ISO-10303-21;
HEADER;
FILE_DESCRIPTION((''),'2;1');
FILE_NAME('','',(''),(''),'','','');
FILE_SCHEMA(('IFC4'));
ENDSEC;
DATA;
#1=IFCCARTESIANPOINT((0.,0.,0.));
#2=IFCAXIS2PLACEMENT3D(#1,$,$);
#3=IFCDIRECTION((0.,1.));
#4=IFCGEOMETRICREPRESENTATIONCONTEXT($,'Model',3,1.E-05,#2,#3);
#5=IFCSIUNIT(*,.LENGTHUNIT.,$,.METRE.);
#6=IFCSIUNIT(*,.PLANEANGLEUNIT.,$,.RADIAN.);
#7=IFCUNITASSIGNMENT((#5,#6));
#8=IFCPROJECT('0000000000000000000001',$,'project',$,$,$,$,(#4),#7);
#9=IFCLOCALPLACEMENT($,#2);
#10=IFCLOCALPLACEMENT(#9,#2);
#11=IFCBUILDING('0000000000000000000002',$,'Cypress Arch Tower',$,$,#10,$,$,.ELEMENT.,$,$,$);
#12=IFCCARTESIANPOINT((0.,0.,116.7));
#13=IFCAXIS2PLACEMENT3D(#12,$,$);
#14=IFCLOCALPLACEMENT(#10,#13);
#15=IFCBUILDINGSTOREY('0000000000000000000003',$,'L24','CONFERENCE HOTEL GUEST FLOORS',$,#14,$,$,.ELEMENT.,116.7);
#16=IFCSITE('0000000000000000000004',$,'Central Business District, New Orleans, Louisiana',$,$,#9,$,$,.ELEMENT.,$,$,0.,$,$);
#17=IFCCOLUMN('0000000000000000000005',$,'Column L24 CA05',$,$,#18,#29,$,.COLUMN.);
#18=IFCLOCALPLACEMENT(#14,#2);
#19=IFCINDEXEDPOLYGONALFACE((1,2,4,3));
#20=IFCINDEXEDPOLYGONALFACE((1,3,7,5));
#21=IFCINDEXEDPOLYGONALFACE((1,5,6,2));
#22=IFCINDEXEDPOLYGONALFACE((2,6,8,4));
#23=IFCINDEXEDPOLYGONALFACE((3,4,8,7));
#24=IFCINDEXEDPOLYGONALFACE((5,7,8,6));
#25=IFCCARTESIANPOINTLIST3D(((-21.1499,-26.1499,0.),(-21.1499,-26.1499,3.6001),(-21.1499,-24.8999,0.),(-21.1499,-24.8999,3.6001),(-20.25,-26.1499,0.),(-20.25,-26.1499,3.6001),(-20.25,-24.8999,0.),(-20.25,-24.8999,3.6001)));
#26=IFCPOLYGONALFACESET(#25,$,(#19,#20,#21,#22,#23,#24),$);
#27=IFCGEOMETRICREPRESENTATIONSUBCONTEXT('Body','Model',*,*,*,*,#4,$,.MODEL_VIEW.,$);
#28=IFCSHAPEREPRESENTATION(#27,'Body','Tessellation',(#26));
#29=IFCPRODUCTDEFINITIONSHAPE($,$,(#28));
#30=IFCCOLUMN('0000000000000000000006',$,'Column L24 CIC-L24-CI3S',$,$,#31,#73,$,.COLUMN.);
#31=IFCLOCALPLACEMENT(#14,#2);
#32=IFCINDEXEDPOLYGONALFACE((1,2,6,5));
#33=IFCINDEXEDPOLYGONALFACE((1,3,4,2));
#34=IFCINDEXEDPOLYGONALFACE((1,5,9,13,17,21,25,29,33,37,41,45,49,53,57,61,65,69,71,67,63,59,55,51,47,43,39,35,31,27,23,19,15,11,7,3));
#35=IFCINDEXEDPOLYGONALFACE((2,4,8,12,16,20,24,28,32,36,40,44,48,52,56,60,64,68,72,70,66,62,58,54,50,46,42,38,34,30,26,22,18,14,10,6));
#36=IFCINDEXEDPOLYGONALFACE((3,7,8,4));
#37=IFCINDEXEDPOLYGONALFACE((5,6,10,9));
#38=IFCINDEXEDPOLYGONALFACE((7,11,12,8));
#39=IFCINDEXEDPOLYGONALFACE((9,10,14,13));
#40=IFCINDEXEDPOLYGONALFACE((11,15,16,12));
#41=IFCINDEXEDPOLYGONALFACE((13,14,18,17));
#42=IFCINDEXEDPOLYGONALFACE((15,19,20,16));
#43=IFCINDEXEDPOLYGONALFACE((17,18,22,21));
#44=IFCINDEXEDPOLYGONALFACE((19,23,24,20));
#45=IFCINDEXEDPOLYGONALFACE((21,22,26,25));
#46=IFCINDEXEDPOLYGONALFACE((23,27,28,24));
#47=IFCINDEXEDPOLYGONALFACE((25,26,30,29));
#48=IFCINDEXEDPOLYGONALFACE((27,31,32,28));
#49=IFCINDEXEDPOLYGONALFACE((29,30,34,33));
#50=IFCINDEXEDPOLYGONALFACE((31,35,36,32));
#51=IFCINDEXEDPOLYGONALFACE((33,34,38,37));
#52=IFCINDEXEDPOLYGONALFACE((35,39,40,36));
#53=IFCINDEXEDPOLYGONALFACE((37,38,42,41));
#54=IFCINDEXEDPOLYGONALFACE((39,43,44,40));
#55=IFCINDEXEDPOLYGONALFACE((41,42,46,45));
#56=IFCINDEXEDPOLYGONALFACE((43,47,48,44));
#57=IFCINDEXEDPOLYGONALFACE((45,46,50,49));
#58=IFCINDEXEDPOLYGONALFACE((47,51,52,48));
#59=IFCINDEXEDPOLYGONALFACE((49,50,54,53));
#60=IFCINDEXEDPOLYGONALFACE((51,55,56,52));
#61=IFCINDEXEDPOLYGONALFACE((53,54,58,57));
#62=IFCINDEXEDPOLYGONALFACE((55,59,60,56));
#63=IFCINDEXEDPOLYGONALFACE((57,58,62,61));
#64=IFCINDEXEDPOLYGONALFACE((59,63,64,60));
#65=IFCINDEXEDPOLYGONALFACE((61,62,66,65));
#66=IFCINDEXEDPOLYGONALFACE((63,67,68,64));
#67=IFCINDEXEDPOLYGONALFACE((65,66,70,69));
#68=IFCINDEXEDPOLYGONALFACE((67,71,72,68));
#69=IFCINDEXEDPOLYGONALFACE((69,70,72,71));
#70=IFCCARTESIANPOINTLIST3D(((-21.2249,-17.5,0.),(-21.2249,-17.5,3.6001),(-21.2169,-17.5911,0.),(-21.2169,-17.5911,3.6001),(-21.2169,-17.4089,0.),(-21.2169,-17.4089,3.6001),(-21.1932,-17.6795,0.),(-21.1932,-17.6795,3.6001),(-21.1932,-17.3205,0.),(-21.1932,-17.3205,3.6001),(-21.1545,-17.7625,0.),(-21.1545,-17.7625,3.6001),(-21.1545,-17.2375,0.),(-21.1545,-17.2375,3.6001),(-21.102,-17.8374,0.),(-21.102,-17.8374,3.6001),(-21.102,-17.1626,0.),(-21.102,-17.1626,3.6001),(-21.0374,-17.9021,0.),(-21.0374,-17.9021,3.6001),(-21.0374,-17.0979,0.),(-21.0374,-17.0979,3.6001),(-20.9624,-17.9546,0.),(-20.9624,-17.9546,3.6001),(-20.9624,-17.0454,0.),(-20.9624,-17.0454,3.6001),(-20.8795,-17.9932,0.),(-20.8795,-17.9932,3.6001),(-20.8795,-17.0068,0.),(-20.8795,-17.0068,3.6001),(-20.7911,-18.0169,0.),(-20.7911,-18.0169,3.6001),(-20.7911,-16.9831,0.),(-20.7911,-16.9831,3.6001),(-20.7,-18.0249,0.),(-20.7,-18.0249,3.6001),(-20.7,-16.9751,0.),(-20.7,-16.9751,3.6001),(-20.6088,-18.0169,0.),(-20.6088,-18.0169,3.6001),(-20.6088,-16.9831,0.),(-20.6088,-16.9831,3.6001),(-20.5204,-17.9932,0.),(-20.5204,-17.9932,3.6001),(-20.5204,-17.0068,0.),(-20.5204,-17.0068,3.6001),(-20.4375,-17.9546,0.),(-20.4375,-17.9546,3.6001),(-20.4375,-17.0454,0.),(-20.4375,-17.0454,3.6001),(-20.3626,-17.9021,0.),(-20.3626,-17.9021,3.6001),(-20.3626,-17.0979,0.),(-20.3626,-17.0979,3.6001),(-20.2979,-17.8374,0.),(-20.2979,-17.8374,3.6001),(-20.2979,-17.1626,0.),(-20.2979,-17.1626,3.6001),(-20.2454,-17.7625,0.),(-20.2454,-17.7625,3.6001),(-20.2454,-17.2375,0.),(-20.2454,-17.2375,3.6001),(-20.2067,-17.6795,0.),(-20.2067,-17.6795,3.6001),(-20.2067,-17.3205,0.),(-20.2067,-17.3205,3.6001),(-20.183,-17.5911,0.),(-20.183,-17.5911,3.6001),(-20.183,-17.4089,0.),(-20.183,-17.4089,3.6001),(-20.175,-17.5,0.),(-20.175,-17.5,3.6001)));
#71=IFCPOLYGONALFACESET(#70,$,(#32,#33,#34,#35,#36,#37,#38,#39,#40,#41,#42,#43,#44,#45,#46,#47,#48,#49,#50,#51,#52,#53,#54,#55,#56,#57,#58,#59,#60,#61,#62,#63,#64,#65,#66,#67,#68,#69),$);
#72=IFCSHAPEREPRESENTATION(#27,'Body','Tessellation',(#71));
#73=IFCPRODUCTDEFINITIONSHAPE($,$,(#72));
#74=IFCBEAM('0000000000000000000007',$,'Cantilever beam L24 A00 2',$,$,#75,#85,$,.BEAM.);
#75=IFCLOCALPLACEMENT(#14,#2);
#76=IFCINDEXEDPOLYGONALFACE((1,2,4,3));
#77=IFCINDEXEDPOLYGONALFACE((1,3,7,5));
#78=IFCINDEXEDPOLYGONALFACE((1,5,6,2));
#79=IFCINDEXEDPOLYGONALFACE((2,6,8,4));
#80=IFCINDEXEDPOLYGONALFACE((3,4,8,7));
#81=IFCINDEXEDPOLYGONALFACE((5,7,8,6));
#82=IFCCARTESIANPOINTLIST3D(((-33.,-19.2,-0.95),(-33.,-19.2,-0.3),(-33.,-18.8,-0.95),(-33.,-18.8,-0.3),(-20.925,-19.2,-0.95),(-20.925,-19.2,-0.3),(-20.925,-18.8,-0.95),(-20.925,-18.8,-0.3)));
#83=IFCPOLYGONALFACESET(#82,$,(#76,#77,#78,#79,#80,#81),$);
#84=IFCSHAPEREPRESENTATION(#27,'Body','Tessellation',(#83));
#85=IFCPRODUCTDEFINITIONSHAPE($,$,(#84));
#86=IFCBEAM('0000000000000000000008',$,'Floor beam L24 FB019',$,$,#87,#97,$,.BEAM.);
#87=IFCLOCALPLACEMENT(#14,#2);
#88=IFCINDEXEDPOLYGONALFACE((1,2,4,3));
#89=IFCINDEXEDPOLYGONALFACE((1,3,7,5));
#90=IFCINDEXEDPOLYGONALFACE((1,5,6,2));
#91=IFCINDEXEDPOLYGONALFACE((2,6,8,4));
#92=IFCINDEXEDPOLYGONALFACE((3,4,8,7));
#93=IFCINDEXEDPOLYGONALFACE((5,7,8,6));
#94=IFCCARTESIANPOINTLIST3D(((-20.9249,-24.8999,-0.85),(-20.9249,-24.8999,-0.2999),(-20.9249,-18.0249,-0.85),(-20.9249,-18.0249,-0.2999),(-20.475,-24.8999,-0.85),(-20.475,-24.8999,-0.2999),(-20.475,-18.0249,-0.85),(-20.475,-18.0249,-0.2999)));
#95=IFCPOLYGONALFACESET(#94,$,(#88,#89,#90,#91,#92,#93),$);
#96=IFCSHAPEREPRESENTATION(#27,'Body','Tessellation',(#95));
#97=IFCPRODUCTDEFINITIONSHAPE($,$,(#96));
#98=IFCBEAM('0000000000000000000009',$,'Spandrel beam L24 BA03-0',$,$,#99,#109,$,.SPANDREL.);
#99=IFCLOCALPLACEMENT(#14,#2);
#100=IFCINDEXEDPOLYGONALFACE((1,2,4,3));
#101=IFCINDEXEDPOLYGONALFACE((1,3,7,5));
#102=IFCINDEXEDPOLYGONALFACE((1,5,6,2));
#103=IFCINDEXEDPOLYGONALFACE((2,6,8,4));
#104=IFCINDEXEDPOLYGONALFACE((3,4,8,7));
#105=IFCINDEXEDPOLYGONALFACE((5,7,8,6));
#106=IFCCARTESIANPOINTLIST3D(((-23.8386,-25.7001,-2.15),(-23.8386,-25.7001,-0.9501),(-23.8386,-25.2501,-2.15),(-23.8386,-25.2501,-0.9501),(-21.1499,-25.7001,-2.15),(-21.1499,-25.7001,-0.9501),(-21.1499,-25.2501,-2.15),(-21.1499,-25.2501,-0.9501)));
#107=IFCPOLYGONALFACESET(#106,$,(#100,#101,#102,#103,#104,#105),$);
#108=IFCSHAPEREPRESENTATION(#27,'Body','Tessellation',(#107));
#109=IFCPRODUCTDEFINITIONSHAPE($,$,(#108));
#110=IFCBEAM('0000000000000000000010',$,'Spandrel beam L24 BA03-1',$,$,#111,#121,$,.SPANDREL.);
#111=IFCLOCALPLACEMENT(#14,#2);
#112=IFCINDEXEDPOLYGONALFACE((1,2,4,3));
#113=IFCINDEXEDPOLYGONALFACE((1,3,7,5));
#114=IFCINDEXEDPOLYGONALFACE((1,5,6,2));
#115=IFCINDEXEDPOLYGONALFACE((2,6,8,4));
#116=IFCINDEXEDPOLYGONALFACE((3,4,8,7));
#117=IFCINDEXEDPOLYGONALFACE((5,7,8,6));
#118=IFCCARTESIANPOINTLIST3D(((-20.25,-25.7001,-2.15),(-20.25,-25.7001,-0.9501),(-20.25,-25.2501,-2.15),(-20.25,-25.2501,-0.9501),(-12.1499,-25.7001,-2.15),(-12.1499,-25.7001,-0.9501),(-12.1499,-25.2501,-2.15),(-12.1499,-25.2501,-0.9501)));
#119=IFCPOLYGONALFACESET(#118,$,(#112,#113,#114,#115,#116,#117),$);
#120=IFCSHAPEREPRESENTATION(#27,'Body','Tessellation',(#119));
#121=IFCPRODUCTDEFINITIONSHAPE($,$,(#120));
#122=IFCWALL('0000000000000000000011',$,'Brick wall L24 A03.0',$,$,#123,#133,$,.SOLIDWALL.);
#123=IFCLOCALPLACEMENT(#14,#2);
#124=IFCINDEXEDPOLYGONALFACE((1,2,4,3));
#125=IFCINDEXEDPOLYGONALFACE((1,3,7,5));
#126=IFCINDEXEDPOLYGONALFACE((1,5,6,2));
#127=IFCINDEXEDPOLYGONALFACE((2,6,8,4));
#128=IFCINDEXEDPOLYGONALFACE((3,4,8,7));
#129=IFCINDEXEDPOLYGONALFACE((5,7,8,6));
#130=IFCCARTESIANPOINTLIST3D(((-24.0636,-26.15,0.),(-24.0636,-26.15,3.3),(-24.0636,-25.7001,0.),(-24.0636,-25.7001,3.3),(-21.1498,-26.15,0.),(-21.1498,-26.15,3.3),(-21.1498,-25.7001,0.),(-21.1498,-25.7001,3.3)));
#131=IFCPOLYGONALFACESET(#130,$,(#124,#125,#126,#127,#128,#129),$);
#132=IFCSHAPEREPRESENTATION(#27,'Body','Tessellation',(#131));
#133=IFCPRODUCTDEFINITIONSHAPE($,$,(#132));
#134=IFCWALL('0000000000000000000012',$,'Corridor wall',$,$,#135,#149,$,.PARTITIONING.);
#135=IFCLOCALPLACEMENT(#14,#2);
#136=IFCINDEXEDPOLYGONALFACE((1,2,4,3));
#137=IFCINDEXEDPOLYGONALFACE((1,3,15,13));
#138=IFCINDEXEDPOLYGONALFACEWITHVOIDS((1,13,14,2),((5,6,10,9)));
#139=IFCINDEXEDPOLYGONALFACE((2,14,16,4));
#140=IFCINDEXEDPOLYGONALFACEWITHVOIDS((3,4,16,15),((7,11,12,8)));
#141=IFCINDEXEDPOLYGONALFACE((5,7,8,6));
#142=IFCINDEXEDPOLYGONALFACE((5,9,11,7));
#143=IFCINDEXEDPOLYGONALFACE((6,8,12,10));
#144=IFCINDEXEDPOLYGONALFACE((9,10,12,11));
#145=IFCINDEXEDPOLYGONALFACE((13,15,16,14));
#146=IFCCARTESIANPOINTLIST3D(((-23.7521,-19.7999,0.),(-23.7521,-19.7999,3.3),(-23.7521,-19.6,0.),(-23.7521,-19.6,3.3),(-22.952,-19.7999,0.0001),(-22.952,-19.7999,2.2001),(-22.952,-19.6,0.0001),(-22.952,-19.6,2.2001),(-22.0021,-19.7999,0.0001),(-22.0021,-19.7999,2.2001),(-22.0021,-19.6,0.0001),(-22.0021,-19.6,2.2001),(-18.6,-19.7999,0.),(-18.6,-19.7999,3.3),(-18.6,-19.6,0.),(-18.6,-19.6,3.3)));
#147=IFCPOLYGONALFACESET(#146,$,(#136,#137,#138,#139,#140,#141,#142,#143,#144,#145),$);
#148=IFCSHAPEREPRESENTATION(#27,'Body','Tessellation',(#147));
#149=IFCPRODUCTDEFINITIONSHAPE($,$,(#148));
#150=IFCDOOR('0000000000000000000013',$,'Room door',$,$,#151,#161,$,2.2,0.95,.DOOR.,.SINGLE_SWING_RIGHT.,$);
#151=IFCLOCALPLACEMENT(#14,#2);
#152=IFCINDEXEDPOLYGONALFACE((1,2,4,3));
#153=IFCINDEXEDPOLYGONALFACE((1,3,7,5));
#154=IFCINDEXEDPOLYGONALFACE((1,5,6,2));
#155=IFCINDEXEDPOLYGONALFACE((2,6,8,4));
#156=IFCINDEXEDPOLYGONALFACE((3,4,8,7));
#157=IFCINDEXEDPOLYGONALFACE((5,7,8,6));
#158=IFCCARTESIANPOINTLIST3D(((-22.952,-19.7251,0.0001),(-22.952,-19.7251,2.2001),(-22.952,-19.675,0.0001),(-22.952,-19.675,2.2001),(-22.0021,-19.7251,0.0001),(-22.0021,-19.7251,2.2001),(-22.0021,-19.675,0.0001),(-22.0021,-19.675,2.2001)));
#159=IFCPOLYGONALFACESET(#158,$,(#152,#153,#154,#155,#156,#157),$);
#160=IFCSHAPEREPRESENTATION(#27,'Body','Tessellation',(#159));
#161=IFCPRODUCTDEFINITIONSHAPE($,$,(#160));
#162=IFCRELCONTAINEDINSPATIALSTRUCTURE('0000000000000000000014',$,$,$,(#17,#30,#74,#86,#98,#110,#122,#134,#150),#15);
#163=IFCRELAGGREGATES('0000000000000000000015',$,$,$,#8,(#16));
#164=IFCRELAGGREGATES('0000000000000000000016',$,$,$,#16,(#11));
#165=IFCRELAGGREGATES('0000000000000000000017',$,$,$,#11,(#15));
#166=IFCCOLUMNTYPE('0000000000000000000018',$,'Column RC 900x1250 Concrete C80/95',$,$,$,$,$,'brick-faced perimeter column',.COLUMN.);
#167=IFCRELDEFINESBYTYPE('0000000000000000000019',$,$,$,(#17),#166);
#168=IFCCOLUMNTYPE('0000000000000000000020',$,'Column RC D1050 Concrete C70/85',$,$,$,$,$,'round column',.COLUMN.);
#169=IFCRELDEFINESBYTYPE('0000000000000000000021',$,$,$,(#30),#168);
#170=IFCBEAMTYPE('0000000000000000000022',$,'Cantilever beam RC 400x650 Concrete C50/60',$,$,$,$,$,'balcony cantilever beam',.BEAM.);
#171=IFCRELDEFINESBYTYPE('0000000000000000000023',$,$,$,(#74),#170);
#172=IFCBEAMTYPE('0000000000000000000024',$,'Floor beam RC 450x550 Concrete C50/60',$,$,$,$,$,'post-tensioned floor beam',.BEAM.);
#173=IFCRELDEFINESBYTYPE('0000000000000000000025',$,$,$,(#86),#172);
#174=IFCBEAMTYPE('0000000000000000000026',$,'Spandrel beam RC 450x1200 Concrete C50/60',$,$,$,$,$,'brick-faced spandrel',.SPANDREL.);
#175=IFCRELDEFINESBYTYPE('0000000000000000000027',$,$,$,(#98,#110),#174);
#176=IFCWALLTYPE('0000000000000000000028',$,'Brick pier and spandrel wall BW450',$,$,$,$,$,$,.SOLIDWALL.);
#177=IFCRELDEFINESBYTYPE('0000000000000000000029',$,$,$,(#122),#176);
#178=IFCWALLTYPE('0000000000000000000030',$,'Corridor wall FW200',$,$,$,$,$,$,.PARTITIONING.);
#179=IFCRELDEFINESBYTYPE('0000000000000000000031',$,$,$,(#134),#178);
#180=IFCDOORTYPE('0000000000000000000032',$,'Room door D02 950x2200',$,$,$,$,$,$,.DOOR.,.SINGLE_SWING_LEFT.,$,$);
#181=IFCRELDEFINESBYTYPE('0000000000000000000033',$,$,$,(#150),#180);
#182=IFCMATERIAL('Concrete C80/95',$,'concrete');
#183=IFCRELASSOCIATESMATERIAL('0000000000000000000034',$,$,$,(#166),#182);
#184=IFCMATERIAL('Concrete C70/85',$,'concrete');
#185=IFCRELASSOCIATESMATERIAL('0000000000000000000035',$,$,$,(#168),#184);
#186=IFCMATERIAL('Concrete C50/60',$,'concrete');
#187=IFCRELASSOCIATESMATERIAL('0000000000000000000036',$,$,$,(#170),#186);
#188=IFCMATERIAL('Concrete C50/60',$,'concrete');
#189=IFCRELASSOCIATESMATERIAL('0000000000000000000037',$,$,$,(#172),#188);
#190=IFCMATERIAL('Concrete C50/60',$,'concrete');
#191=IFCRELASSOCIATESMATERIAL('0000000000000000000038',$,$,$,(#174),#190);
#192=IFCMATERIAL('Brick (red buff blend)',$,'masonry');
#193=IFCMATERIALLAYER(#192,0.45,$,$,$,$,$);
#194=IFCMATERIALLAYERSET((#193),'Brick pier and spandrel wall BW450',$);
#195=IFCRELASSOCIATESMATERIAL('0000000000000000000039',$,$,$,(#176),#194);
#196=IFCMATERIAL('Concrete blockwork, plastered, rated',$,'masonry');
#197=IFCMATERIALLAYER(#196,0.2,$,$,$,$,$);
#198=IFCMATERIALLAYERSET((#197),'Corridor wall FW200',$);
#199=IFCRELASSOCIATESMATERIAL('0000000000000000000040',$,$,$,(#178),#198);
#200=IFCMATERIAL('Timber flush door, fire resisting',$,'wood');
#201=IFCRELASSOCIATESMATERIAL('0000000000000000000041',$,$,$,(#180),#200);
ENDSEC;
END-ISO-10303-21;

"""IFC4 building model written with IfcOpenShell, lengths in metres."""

from ifc_helpers import new_model, si_unit, direction, frame, frame_2d, origin, origin_2d, place, context, subcontext, project, spatial, rectangle, circle, extrude, material, layer, layer_set, material_profile, profile_set, type_object, element, fill, save


model = new_model("IFC4")

# Units and contexts
model_context = context("Model", 3, precision=1e-05, world=origin(), true_north=direction((0.0, 1.0)))
body_context = subcontext(model_context, "Body", "Model", "MODEL_VIEW")
ifc_project = project(units=[si_unit("LENGTHUNIT", "METRE"), si_unit("PLANEANGLEUNIT", "RADIAN")], contexts=[model_context])

# Site, building, storey
site_placement = place(None, origin())
site = spatial("IfcSite", under=ifc_project, at=site_placement, Name="Central Business District, New Orleans, Louisiana", CompositionType="ELEMENT", RefElevation=0.0)
building_placement = place(site_placement, origin())
building = spatial("IfcBuilding", under=site, at=building_placement, Name="Cypress Arch Tower", CompositionType="ELEMENT")
storey_placement = place(building_placement, frame((0.0, 0.0, 116.7)))
storey = spatial("IfcBuildingStorey", under=building, at=storey_placement, Name="L24", Description="CONFERENCE HOTEL GUEST FLOORS", CompositionType="ELEMENT", Elevation=116.7)

# Columns
ifc_material_1 = material(Name="Concrete C80/95", Category="concrete")
ifc_material_profile_1 = material_profile(ifc_material_1, rectangle(XDim=0.8999, YDim=1.25, at=origin_2d()), Name="RC 900x1250")
ifc_profile_set_1 = profile_set([ifc_material_profile_1], Name="Concrete C80/95")
column_type_1 = type_object("IfcColumnType", Name="Column RC 900x1250 Concrete C80/95", ElementType="brick-faced perimeter column", PredefinedType="COLUMN", material=ifc_profile_set_1)
column_1_placement = place(storey_placement, frame((-20.7, -25.5249, 0.0), z_axis=(0.0, 0.0, 1.0), x_axis=(1.0, 0.0, 0.0)))
element("IfcColumn", 1, at=column_1_placement, inside=storey, type_object=column_type_1, Name="Column L24 CA05", PredefinedType="COLUMN", context=body_context, shape_type="SweptSolid", body=[
    extrude(rectangle(XDim=0.8999, YDim=1.25, at=origin_2d()), origin(), (0.0, 0.0, 1.0), 3.6001),
])
ifc_material_2 = material(Name="Concrete C70/85", Category="concrete")
ifc_material_profile_2 = material_profile(ifc_material_2, circle(Radius=0.5249, at=origin_2d()), Name="RC D1050")
ifc_profile_set_2 = profile_set([ifc_material_profile_2], Name="Concrete C70/85")
column_type_2 = type_object("IfcColumnType", Name="Column RC D1050 Concrete C70/85", ElementType="round column", PredefinedType="COLUMN", material=ifc_profile_set_2)
column_2_placement = place(storey_placement, frame((-20.7, -17.5, 0.0), z_axis=(0.0, 0.0, 1.0), x_axis=(1.0, 0.0, 0.0)))
element("IfcColumn", 2, at=column_2_placement, inside=storey, type_object=column_type_2, Name="Column L24 CIC-L24-CI3S", PredefinedType="COLUMN", context=body_context, shape_type="SweptSolid", body=[
    extrude(circle(Radius=0.5249, at=origin_2d()), origin(), (0.0, 0.0, 1.0), 3.6001),
])

# Beams
ifc_material_3 = material(Name="Concrete C50/60", Category="concrete")
ifc_material_profile_3 = material_profile(ifc_material_3, rectangle(XDim=0.3999, YDim=0.6499, at=origin_2d()), Name="RC 400x650")
ifc_profile_set_3 = profile_set([ifc_material_profile_3], Name="Concrete C50/60")
beam_type_1 = type_object("IfcBeamType", Name="Cantilever beam RC 400x650 Concrete C50/60", ElementType="balcony cantilever beam", PredefinedType="BEAM", material=ifc_profile_set_3)
beam_1_placement = place(storey_placement, frame((-20.925, -19.0, -0.625), z_axis=(-1.0, 0.0, 0.0), x_axis=(0.0, -1.0, 0.0)))
element("IfcBeam", 3, at=beam_1_placement, inside=storey, type_object=beam_type_1, Name="Cantilever beam L24 A00 2", PredefinedType="BEAM", context=body_context, shape_type="SweptSolid", body=[
    extrude(rectangle(XDim=0.3999, YDim=0.6499, at=origin_2d()), origin(), (0.0, 0.0, 1.0), 12.075),
])
ifc_material_4 = material(Name="Concrete C50/60", Category="concrete")
ifc_material_profile_4 = material_profile(ifc_material_4, rectangle(XDim=0.45, YDim=0.55, at=origin_2d()), Name="RC 450x550")
ifc_profile_set_4 = profile_set([ifc_material_profile_4], Name="Concrete C50/60")
beam_type_2 = type_object("IfcBeamType", Name="Floor beam RC 450x550 Concrete C50/60", ElementType="post-tensioned floor beam", PredefinedType="BEAM", material=ifc_profile_set_4)
beam_2_placement = place(storey_placement, frame((-20.7, -24.8999, -0.575), z_axis=(0.0, 1.0, 0.0), x_axis=(-1.0, 0.0, 0.0)))
element("IfcBeam", 4, at=beam_2_placement, inside=storey, type_object=beam_type_2, Name="Floor beam L24 FB019", PredefinedType="BEAM", context=body_context, shape_type="SweptSolid", body=[
    extrude(rectangle(XDim=0.45, YDim=0.55, at=origin_2d()), origin(), (0.0, 0.0, 1.0), 6.875),
])
ifc_material_5 = material(Name="Concrete C50/60", Category="concrete")
ifc_material_profile_5 = material_profile(ifc_material_5, rectangle(XDim=0.45, YDim=1.2, at=origin_2d()), Name="RC 450x1200")
ifc_profile_set_5 = profile_set([ifc_material_profile_5], Name="Concrete C50/60")
beam_type_3 = type_object("IfcBeamType", Name="Spandrel beam RC 450x1200 Concrete C50/60", ElementType="brick-faced spandrel", PredefinedType="SPANDREL", material=ifc_profile_set_5)
beam_3_placement = place(storey_placement, frame((-23.8386, -25.4751, -1.55), z_axis=(1.0, 0.0, 0.0), x_axis=(0.0, 1.0, 0.0)))
element("IfcBeam", 5, at=beam_3_placement, inside=storey, type_object=beam_type_3, Name="Spandrel beam L24 BA03-0", PredefinedType="SPANDREL", context=body_context, shape_type="SweptSolid", body=[
    extrude(rectangle(XDim=0.45, YDim=1.2, at=origin_2d()), origin(), (0.0, 0.0, 1.0), 2.6887),
])
beam_4_placement = place(storey_placement, frame((-20.25, -25.4751, -1.55), z_axis=(1.0, 0.0, 0.0), x_axis=(0.0, 1.0, 0.0)))
element("IfcBeam", 6, at=beam_4_placement, inside=storey, type_object=beam_type_3, Name="Spandrel beam L24 BA03-1", PredefinedType="SPANDREL", context=body_context, shape_type="SweptSolid", body=[
    extrude(rectangle(XDim=0.45, YDim=1.2, at=origin_2d()), origin(), (0.0, 0.0, 1.0), 8.1001),
])

# Wall
ifc_material_6 = material(Name="Brick (red buff blend)", Category="masonry")
ifc_layer_1 = layer(ifc_material_6, 0.45)
ifc_layer_set_1 = layer_set([ifc_layer_1], Name="Brick pier and spandrel wall BW450")
wall_type_1 = type_object("IfcWallType", Name="Brick pier and spandrel wall BW450", PredefinedType="SOLIDWALL", material=ifc_layer_set_1)
wall_1_placement = place(storey_placement, frame((-24.0637, -25.925, 0.0), z_axis=(0.0, 0.0, 1.0), x_axis=(1.0, 0.0, 0.0)))
element("IfcWall", 7, at=wall_1_placement, inside=storey, type_object=wall_type_1, Name="Brick wall L24 A03.0", PredefinedType="SOLIDWALL", context=body_context, shape_type="SweptSolid", body=[
    extrude(rectangle(XDim=2.9138, YDim=0.45, at=frame_2d((1.457, 0.0))), origin(), (0.0, 0.0, 1.0), 3.3),
])

# Wall, opening, door
ifc_material_7 = material(Name="Concrete blockwork, plastered, rated", Category="masonry")
ifc_layer_2 = layer(ifc_material_7, 0.2)
ifc_layer_set_2 = layer_set([ifc_layer_2], Name="Corridor wall FW200")
wall_type_2 = type_object("IfcWallType", Name="Corridor wall FW200", PredefinedType="PARTITIONING", material=ifc_layer_set_2)
wall_2_placement = place(storey_placement, frame((-23.7522, -19.7, 0.0), z_axis=(0.0, 0.0, 1.0), x_axis=(1.0, 0.0, 0.0)))
wall_2 = element("IfcWall", 8, at=wall_2_placement, inside=storey, type_object=wall_type_2, Name="Corridor wall", PredefinedType="PARTITIONING", context=body_context, shape_type="SweptSolid", body=[
    extrude(rectangle(XDim=5.1521, YDim=0.2, at=frame_2d((2.5762, 0.0))), origin(), (0.0, 0.0, 1.0), 3.3),
])
opening_1_placement = place(wall_2_placement, frame((0.8, 0.0, 0.0)))
opening_1 = element("IfcOpeningElement", 9, at=opening_1_placement, cuts=wall_2, PredefinedType="OPENING", context=body_context, shape_type="SweptSolid", body=[
    extrude(rectangle(XDim=0.95, YDim=2.2, at=frame_2d((0.4751, 1.1001))), frame((0.0, 0.1099, 0.0), z_axis=(0.0, -1.0, 0.0), x_axis=(1.0, 0.0, 0.0)), (0.0, 0.0, 1.0), 0.22),
])
ifc_material_8 = material(Name="Timber flush door, fire resisting", Category="wood")
door_type_1 = type_object("IfcDoorType", Name="Room door D02 950x2200", OperationType="SINGLE_SWING_LEFT", PredefinedType="DOOR", material=ifc_material_8)
door_1_placement = place(opening_1_placement, origin())
door_1 = element("IfcDoor", 10, at=door_1_placement, inside=storey, type_object=door_type_1, Name="Room door", OperationType="SINGLE_SWING_RIGHT", OverallHeight=2.2, OverallWidth=0.95, PredefinedType="DOOR", context=body_context, shape_type="SweptSolid", body=[
    extrude(rectangle(XDim=0.95, YDim=2.2, at=frame_2d((0.4751, 1.1001))), frame((0.0, 0.0249, 0.0), z_axis=(0.0, -1.0, 0.0), x_axis=(1.0, 0.0, 0.0)), (0.0, 0.0, 1.0), 0.05),
])
fill(opening_1, door_1)

save(model, "model.ifc")
